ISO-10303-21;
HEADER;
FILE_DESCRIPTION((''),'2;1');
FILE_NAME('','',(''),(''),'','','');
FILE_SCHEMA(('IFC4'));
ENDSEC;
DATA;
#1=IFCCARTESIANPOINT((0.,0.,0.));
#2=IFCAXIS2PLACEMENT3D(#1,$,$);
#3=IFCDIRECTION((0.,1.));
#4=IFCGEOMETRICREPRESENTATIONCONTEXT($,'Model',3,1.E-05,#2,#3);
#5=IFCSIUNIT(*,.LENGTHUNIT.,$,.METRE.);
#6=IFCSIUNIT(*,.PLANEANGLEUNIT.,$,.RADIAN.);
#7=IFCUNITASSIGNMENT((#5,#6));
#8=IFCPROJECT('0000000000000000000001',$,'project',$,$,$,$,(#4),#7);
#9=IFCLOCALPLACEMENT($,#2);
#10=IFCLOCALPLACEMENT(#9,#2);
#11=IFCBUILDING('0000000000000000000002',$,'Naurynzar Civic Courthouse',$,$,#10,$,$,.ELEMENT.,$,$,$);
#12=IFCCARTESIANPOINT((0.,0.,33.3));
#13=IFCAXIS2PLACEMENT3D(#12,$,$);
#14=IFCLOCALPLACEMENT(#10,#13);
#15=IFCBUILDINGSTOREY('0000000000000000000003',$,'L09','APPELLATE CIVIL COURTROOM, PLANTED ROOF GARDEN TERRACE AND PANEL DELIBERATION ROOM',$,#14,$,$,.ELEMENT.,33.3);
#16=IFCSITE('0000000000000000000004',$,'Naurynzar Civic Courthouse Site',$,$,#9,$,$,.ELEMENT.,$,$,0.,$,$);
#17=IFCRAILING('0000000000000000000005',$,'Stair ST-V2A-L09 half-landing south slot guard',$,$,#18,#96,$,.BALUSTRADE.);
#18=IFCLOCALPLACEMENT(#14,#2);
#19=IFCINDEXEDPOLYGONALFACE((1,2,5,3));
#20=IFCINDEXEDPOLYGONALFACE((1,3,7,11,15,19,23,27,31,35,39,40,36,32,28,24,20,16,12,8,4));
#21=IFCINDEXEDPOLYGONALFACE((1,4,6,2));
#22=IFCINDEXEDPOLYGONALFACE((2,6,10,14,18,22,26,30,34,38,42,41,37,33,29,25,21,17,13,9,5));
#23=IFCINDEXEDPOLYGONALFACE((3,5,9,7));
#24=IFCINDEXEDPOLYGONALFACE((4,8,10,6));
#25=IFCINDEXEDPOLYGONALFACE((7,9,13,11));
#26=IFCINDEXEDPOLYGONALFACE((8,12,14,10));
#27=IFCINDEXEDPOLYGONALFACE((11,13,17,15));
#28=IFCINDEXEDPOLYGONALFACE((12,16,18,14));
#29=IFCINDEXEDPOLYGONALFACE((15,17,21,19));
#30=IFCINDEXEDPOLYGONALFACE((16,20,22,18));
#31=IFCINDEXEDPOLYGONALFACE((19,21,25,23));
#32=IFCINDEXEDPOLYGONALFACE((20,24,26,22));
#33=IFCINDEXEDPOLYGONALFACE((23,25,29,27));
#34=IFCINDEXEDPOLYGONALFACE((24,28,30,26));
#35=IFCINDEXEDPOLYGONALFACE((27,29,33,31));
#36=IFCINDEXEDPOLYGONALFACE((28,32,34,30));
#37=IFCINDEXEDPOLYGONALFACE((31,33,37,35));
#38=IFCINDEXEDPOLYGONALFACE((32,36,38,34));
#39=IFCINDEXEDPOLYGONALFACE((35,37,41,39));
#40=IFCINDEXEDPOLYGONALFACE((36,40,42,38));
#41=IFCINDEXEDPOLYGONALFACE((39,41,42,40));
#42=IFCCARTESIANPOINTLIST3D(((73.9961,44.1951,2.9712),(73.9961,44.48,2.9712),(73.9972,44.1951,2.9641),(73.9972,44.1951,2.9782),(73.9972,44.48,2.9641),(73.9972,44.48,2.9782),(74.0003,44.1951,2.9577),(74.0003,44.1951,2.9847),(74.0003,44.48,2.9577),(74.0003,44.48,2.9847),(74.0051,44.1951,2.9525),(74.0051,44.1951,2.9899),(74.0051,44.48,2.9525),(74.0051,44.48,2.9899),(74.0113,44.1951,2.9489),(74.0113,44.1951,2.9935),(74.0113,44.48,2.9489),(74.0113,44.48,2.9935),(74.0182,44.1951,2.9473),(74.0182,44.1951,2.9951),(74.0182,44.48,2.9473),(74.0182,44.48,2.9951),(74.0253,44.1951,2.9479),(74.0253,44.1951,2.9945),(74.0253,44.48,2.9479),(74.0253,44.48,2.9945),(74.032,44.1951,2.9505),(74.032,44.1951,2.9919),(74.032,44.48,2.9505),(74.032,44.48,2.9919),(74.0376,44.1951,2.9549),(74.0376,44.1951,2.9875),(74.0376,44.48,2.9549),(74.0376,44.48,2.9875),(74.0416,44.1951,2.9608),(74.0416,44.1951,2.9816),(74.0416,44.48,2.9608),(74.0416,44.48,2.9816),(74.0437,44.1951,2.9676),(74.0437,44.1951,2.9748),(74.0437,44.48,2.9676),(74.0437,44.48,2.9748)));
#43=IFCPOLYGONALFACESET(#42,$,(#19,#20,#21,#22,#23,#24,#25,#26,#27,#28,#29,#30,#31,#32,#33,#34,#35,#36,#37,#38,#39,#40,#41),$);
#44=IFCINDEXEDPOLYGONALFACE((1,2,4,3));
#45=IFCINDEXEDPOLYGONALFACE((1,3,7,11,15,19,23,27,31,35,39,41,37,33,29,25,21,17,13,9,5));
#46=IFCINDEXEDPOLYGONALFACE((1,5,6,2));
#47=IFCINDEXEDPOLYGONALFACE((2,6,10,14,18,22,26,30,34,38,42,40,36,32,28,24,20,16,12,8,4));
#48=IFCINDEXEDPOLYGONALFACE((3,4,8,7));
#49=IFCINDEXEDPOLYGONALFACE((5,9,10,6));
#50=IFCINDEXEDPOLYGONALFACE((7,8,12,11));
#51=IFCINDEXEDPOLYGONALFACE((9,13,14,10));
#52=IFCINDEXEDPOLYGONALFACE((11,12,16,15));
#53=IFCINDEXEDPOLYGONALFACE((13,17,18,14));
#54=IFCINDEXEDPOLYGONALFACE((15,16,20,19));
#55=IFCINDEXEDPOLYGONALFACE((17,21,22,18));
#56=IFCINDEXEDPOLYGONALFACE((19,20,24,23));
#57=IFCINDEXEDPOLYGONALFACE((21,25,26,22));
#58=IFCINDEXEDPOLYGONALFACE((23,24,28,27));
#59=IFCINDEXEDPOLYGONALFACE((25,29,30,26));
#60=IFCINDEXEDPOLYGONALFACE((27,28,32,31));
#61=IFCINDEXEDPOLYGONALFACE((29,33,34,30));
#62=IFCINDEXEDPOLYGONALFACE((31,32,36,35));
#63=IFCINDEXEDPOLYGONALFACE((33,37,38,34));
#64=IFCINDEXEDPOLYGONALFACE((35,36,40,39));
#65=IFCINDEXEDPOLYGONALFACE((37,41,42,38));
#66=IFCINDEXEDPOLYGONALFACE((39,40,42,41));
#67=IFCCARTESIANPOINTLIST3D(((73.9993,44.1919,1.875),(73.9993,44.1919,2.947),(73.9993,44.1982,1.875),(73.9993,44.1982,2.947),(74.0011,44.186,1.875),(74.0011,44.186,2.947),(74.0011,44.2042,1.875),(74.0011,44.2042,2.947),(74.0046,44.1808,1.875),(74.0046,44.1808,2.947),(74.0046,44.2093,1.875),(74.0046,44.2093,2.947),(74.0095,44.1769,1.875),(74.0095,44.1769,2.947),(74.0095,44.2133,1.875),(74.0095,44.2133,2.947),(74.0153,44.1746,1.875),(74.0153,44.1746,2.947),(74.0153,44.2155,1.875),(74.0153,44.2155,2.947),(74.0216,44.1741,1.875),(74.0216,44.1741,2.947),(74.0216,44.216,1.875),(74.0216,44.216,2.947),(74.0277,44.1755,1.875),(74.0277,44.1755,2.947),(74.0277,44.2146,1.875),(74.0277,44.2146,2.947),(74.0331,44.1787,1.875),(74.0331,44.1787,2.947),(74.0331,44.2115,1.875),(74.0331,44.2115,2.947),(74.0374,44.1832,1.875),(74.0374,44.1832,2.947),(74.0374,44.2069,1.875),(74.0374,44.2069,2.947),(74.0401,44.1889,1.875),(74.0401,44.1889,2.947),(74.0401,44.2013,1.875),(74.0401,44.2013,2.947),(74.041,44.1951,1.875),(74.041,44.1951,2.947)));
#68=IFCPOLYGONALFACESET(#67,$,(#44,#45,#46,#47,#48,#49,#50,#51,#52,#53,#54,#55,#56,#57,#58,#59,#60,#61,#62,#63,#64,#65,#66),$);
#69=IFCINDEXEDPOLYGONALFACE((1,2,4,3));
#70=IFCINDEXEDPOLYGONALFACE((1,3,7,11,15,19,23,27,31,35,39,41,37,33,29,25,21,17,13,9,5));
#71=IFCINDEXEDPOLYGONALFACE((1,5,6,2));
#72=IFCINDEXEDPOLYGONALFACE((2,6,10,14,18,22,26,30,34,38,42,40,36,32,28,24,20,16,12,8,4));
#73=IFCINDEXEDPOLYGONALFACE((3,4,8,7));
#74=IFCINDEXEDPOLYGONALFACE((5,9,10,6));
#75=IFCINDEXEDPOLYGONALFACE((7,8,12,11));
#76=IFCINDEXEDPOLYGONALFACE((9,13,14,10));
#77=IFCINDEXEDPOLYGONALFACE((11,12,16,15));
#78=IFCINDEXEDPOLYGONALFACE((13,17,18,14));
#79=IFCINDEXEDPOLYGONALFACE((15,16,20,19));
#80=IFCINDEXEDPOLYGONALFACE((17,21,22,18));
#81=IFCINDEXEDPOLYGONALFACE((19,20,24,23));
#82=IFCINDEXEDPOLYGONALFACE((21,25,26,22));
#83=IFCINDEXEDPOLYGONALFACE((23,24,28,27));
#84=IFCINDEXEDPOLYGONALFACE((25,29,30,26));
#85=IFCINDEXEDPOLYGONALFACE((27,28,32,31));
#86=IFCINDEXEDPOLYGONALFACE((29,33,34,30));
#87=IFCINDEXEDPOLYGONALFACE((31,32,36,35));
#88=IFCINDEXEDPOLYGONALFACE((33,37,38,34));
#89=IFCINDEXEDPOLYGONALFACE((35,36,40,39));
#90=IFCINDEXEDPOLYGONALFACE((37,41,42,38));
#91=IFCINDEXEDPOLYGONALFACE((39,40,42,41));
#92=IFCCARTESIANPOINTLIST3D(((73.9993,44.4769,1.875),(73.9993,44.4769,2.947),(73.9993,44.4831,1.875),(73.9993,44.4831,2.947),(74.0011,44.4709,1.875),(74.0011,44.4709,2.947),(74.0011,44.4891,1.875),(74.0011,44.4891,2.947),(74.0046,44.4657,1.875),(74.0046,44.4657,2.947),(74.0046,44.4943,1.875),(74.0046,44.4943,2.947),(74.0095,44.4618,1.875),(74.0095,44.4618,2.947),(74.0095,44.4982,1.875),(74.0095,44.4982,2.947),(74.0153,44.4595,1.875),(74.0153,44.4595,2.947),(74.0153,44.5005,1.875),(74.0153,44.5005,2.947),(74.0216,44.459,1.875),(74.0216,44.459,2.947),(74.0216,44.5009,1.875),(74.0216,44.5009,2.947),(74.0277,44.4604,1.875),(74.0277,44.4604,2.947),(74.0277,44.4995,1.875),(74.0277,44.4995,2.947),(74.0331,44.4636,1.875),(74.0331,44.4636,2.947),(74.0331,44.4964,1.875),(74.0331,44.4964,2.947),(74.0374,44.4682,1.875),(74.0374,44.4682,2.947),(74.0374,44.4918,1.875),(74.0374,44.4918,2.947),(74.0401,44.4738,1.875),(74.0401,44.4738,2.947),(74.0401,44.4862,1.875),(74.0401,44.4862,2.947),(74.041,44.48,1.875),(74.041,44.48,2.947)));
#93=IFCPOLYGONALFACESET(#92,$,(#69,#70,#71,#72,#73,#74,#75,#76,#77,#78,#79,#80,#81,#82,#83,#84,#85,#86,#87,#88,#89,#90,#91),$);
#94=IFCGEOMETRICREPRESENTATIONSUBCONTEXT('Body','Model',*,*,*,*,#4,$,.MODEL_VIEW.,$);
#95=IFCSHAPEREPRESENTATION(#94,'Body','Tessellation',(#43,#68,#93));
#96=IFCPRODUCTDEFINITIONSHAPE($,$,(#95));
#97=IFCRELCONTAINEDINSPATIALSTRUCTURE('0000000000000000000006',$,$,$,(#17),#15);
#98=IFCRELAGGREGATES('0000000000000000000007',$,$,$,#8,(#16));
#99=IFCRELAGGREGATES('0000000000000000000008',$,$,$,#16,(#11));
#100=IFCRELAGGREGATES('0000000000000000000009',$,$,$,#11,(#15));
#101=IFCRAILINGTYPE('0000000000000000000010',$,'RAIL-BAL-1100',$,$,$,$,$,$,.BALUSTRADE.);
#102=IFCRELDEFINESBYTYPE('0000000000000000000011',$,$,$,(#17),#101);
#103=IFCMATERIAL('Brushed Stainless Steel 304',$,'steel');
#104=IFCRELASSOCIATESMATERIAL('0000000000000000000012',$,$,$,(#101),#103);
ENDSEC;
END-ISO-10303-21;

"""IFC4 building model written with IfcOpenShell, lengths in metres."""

from ifc_helpers import new_model, si_unit, direction, frame, origin, origin_2d, place, context, subcontext, project, spatial, circle, extrude, material, type_object, element, save


model = new_model("IFC4")

# Units and contexts
model_context = context("Model", 3, precision=1e-05, world=origin(), true_north=direction((0.0, 1.0)))
body_context = subcontext(model_context, "Body", "Model", "MODEL_VIEW")
ifc_project = project(units=[si_unit("LENGTHUNIT", "METRE"), si_unit("PLANEANGLEUNIT", "RADIAN")], contexts=[model_context])

# Site, building, storey
site_placement = place(None, origin())
site = spatial("IfcSite", under=ifc_project, at=site_placement, Name="Naurynzar Civic Courthouse Site", CompositionType="ELEMENT", RefElevation=0.0)
building_placement = place(site_placement, origin())
building = spatial("IfcBuilding", under=site, at=building_placement, Name="Naurynzar Civic Courthouse", CompositionType="ELEMENT")
storey_placement = place(building_placement, frame((0.0, 0.0, 33.3)))
storey = spatial("IfcBuildingStorey", under=building, at=storey_placement, Name="L09", Description="APPELLATE CIVIL COURTROOM, PLANTED ROOF GARDEN TERRACE AND PANEL DELIBERATION ROOM", CompositionType="ELEMENT", Elevation=33.3)

# Railing
ifc_material_1 = material(Name="Brushed Stainless Steel 304", Category="steel")
railing_type_1 = type_object("IfcRailingType", Name="RAIL-BAL-1100", PredefinedType="BALUSTRADE", material=ifc_material_1)
railing_1_placement = place(storey_placement, frame((74.02, 44.1951, 1.875)))
element("IfcRailing", 1, at=railing_1_placement, inside=storey, type_object=railing_type_1, Name="Stair ST-V2A-L09 half-landing south slot guard", PredefinedType="BALUSTRADE", context=body_context, shape_type="SweptSolid", body=[
    extrude(circle(Radius=0.0239, at=origin_2d()), frame((0.0, 0.0, 1.0962), z_axis=(0.0, 1.0, 0.0), x_axis=(-1.0, 0.0, 0.0)), (0.0, 0.0, 1.0), 0.2849),
    extrude(circle(Radius=0.021, at=origin_2d()), origin(), (0.0, 0.0, 1.0), 1.072),
    extrude(circle(Radius=0.021, at=origin_2d()), frame((0.0, 0.2849, 0.0)), (0.0, 0.0, 1.0), 1.072),
])

save(model, "model.ifc")
